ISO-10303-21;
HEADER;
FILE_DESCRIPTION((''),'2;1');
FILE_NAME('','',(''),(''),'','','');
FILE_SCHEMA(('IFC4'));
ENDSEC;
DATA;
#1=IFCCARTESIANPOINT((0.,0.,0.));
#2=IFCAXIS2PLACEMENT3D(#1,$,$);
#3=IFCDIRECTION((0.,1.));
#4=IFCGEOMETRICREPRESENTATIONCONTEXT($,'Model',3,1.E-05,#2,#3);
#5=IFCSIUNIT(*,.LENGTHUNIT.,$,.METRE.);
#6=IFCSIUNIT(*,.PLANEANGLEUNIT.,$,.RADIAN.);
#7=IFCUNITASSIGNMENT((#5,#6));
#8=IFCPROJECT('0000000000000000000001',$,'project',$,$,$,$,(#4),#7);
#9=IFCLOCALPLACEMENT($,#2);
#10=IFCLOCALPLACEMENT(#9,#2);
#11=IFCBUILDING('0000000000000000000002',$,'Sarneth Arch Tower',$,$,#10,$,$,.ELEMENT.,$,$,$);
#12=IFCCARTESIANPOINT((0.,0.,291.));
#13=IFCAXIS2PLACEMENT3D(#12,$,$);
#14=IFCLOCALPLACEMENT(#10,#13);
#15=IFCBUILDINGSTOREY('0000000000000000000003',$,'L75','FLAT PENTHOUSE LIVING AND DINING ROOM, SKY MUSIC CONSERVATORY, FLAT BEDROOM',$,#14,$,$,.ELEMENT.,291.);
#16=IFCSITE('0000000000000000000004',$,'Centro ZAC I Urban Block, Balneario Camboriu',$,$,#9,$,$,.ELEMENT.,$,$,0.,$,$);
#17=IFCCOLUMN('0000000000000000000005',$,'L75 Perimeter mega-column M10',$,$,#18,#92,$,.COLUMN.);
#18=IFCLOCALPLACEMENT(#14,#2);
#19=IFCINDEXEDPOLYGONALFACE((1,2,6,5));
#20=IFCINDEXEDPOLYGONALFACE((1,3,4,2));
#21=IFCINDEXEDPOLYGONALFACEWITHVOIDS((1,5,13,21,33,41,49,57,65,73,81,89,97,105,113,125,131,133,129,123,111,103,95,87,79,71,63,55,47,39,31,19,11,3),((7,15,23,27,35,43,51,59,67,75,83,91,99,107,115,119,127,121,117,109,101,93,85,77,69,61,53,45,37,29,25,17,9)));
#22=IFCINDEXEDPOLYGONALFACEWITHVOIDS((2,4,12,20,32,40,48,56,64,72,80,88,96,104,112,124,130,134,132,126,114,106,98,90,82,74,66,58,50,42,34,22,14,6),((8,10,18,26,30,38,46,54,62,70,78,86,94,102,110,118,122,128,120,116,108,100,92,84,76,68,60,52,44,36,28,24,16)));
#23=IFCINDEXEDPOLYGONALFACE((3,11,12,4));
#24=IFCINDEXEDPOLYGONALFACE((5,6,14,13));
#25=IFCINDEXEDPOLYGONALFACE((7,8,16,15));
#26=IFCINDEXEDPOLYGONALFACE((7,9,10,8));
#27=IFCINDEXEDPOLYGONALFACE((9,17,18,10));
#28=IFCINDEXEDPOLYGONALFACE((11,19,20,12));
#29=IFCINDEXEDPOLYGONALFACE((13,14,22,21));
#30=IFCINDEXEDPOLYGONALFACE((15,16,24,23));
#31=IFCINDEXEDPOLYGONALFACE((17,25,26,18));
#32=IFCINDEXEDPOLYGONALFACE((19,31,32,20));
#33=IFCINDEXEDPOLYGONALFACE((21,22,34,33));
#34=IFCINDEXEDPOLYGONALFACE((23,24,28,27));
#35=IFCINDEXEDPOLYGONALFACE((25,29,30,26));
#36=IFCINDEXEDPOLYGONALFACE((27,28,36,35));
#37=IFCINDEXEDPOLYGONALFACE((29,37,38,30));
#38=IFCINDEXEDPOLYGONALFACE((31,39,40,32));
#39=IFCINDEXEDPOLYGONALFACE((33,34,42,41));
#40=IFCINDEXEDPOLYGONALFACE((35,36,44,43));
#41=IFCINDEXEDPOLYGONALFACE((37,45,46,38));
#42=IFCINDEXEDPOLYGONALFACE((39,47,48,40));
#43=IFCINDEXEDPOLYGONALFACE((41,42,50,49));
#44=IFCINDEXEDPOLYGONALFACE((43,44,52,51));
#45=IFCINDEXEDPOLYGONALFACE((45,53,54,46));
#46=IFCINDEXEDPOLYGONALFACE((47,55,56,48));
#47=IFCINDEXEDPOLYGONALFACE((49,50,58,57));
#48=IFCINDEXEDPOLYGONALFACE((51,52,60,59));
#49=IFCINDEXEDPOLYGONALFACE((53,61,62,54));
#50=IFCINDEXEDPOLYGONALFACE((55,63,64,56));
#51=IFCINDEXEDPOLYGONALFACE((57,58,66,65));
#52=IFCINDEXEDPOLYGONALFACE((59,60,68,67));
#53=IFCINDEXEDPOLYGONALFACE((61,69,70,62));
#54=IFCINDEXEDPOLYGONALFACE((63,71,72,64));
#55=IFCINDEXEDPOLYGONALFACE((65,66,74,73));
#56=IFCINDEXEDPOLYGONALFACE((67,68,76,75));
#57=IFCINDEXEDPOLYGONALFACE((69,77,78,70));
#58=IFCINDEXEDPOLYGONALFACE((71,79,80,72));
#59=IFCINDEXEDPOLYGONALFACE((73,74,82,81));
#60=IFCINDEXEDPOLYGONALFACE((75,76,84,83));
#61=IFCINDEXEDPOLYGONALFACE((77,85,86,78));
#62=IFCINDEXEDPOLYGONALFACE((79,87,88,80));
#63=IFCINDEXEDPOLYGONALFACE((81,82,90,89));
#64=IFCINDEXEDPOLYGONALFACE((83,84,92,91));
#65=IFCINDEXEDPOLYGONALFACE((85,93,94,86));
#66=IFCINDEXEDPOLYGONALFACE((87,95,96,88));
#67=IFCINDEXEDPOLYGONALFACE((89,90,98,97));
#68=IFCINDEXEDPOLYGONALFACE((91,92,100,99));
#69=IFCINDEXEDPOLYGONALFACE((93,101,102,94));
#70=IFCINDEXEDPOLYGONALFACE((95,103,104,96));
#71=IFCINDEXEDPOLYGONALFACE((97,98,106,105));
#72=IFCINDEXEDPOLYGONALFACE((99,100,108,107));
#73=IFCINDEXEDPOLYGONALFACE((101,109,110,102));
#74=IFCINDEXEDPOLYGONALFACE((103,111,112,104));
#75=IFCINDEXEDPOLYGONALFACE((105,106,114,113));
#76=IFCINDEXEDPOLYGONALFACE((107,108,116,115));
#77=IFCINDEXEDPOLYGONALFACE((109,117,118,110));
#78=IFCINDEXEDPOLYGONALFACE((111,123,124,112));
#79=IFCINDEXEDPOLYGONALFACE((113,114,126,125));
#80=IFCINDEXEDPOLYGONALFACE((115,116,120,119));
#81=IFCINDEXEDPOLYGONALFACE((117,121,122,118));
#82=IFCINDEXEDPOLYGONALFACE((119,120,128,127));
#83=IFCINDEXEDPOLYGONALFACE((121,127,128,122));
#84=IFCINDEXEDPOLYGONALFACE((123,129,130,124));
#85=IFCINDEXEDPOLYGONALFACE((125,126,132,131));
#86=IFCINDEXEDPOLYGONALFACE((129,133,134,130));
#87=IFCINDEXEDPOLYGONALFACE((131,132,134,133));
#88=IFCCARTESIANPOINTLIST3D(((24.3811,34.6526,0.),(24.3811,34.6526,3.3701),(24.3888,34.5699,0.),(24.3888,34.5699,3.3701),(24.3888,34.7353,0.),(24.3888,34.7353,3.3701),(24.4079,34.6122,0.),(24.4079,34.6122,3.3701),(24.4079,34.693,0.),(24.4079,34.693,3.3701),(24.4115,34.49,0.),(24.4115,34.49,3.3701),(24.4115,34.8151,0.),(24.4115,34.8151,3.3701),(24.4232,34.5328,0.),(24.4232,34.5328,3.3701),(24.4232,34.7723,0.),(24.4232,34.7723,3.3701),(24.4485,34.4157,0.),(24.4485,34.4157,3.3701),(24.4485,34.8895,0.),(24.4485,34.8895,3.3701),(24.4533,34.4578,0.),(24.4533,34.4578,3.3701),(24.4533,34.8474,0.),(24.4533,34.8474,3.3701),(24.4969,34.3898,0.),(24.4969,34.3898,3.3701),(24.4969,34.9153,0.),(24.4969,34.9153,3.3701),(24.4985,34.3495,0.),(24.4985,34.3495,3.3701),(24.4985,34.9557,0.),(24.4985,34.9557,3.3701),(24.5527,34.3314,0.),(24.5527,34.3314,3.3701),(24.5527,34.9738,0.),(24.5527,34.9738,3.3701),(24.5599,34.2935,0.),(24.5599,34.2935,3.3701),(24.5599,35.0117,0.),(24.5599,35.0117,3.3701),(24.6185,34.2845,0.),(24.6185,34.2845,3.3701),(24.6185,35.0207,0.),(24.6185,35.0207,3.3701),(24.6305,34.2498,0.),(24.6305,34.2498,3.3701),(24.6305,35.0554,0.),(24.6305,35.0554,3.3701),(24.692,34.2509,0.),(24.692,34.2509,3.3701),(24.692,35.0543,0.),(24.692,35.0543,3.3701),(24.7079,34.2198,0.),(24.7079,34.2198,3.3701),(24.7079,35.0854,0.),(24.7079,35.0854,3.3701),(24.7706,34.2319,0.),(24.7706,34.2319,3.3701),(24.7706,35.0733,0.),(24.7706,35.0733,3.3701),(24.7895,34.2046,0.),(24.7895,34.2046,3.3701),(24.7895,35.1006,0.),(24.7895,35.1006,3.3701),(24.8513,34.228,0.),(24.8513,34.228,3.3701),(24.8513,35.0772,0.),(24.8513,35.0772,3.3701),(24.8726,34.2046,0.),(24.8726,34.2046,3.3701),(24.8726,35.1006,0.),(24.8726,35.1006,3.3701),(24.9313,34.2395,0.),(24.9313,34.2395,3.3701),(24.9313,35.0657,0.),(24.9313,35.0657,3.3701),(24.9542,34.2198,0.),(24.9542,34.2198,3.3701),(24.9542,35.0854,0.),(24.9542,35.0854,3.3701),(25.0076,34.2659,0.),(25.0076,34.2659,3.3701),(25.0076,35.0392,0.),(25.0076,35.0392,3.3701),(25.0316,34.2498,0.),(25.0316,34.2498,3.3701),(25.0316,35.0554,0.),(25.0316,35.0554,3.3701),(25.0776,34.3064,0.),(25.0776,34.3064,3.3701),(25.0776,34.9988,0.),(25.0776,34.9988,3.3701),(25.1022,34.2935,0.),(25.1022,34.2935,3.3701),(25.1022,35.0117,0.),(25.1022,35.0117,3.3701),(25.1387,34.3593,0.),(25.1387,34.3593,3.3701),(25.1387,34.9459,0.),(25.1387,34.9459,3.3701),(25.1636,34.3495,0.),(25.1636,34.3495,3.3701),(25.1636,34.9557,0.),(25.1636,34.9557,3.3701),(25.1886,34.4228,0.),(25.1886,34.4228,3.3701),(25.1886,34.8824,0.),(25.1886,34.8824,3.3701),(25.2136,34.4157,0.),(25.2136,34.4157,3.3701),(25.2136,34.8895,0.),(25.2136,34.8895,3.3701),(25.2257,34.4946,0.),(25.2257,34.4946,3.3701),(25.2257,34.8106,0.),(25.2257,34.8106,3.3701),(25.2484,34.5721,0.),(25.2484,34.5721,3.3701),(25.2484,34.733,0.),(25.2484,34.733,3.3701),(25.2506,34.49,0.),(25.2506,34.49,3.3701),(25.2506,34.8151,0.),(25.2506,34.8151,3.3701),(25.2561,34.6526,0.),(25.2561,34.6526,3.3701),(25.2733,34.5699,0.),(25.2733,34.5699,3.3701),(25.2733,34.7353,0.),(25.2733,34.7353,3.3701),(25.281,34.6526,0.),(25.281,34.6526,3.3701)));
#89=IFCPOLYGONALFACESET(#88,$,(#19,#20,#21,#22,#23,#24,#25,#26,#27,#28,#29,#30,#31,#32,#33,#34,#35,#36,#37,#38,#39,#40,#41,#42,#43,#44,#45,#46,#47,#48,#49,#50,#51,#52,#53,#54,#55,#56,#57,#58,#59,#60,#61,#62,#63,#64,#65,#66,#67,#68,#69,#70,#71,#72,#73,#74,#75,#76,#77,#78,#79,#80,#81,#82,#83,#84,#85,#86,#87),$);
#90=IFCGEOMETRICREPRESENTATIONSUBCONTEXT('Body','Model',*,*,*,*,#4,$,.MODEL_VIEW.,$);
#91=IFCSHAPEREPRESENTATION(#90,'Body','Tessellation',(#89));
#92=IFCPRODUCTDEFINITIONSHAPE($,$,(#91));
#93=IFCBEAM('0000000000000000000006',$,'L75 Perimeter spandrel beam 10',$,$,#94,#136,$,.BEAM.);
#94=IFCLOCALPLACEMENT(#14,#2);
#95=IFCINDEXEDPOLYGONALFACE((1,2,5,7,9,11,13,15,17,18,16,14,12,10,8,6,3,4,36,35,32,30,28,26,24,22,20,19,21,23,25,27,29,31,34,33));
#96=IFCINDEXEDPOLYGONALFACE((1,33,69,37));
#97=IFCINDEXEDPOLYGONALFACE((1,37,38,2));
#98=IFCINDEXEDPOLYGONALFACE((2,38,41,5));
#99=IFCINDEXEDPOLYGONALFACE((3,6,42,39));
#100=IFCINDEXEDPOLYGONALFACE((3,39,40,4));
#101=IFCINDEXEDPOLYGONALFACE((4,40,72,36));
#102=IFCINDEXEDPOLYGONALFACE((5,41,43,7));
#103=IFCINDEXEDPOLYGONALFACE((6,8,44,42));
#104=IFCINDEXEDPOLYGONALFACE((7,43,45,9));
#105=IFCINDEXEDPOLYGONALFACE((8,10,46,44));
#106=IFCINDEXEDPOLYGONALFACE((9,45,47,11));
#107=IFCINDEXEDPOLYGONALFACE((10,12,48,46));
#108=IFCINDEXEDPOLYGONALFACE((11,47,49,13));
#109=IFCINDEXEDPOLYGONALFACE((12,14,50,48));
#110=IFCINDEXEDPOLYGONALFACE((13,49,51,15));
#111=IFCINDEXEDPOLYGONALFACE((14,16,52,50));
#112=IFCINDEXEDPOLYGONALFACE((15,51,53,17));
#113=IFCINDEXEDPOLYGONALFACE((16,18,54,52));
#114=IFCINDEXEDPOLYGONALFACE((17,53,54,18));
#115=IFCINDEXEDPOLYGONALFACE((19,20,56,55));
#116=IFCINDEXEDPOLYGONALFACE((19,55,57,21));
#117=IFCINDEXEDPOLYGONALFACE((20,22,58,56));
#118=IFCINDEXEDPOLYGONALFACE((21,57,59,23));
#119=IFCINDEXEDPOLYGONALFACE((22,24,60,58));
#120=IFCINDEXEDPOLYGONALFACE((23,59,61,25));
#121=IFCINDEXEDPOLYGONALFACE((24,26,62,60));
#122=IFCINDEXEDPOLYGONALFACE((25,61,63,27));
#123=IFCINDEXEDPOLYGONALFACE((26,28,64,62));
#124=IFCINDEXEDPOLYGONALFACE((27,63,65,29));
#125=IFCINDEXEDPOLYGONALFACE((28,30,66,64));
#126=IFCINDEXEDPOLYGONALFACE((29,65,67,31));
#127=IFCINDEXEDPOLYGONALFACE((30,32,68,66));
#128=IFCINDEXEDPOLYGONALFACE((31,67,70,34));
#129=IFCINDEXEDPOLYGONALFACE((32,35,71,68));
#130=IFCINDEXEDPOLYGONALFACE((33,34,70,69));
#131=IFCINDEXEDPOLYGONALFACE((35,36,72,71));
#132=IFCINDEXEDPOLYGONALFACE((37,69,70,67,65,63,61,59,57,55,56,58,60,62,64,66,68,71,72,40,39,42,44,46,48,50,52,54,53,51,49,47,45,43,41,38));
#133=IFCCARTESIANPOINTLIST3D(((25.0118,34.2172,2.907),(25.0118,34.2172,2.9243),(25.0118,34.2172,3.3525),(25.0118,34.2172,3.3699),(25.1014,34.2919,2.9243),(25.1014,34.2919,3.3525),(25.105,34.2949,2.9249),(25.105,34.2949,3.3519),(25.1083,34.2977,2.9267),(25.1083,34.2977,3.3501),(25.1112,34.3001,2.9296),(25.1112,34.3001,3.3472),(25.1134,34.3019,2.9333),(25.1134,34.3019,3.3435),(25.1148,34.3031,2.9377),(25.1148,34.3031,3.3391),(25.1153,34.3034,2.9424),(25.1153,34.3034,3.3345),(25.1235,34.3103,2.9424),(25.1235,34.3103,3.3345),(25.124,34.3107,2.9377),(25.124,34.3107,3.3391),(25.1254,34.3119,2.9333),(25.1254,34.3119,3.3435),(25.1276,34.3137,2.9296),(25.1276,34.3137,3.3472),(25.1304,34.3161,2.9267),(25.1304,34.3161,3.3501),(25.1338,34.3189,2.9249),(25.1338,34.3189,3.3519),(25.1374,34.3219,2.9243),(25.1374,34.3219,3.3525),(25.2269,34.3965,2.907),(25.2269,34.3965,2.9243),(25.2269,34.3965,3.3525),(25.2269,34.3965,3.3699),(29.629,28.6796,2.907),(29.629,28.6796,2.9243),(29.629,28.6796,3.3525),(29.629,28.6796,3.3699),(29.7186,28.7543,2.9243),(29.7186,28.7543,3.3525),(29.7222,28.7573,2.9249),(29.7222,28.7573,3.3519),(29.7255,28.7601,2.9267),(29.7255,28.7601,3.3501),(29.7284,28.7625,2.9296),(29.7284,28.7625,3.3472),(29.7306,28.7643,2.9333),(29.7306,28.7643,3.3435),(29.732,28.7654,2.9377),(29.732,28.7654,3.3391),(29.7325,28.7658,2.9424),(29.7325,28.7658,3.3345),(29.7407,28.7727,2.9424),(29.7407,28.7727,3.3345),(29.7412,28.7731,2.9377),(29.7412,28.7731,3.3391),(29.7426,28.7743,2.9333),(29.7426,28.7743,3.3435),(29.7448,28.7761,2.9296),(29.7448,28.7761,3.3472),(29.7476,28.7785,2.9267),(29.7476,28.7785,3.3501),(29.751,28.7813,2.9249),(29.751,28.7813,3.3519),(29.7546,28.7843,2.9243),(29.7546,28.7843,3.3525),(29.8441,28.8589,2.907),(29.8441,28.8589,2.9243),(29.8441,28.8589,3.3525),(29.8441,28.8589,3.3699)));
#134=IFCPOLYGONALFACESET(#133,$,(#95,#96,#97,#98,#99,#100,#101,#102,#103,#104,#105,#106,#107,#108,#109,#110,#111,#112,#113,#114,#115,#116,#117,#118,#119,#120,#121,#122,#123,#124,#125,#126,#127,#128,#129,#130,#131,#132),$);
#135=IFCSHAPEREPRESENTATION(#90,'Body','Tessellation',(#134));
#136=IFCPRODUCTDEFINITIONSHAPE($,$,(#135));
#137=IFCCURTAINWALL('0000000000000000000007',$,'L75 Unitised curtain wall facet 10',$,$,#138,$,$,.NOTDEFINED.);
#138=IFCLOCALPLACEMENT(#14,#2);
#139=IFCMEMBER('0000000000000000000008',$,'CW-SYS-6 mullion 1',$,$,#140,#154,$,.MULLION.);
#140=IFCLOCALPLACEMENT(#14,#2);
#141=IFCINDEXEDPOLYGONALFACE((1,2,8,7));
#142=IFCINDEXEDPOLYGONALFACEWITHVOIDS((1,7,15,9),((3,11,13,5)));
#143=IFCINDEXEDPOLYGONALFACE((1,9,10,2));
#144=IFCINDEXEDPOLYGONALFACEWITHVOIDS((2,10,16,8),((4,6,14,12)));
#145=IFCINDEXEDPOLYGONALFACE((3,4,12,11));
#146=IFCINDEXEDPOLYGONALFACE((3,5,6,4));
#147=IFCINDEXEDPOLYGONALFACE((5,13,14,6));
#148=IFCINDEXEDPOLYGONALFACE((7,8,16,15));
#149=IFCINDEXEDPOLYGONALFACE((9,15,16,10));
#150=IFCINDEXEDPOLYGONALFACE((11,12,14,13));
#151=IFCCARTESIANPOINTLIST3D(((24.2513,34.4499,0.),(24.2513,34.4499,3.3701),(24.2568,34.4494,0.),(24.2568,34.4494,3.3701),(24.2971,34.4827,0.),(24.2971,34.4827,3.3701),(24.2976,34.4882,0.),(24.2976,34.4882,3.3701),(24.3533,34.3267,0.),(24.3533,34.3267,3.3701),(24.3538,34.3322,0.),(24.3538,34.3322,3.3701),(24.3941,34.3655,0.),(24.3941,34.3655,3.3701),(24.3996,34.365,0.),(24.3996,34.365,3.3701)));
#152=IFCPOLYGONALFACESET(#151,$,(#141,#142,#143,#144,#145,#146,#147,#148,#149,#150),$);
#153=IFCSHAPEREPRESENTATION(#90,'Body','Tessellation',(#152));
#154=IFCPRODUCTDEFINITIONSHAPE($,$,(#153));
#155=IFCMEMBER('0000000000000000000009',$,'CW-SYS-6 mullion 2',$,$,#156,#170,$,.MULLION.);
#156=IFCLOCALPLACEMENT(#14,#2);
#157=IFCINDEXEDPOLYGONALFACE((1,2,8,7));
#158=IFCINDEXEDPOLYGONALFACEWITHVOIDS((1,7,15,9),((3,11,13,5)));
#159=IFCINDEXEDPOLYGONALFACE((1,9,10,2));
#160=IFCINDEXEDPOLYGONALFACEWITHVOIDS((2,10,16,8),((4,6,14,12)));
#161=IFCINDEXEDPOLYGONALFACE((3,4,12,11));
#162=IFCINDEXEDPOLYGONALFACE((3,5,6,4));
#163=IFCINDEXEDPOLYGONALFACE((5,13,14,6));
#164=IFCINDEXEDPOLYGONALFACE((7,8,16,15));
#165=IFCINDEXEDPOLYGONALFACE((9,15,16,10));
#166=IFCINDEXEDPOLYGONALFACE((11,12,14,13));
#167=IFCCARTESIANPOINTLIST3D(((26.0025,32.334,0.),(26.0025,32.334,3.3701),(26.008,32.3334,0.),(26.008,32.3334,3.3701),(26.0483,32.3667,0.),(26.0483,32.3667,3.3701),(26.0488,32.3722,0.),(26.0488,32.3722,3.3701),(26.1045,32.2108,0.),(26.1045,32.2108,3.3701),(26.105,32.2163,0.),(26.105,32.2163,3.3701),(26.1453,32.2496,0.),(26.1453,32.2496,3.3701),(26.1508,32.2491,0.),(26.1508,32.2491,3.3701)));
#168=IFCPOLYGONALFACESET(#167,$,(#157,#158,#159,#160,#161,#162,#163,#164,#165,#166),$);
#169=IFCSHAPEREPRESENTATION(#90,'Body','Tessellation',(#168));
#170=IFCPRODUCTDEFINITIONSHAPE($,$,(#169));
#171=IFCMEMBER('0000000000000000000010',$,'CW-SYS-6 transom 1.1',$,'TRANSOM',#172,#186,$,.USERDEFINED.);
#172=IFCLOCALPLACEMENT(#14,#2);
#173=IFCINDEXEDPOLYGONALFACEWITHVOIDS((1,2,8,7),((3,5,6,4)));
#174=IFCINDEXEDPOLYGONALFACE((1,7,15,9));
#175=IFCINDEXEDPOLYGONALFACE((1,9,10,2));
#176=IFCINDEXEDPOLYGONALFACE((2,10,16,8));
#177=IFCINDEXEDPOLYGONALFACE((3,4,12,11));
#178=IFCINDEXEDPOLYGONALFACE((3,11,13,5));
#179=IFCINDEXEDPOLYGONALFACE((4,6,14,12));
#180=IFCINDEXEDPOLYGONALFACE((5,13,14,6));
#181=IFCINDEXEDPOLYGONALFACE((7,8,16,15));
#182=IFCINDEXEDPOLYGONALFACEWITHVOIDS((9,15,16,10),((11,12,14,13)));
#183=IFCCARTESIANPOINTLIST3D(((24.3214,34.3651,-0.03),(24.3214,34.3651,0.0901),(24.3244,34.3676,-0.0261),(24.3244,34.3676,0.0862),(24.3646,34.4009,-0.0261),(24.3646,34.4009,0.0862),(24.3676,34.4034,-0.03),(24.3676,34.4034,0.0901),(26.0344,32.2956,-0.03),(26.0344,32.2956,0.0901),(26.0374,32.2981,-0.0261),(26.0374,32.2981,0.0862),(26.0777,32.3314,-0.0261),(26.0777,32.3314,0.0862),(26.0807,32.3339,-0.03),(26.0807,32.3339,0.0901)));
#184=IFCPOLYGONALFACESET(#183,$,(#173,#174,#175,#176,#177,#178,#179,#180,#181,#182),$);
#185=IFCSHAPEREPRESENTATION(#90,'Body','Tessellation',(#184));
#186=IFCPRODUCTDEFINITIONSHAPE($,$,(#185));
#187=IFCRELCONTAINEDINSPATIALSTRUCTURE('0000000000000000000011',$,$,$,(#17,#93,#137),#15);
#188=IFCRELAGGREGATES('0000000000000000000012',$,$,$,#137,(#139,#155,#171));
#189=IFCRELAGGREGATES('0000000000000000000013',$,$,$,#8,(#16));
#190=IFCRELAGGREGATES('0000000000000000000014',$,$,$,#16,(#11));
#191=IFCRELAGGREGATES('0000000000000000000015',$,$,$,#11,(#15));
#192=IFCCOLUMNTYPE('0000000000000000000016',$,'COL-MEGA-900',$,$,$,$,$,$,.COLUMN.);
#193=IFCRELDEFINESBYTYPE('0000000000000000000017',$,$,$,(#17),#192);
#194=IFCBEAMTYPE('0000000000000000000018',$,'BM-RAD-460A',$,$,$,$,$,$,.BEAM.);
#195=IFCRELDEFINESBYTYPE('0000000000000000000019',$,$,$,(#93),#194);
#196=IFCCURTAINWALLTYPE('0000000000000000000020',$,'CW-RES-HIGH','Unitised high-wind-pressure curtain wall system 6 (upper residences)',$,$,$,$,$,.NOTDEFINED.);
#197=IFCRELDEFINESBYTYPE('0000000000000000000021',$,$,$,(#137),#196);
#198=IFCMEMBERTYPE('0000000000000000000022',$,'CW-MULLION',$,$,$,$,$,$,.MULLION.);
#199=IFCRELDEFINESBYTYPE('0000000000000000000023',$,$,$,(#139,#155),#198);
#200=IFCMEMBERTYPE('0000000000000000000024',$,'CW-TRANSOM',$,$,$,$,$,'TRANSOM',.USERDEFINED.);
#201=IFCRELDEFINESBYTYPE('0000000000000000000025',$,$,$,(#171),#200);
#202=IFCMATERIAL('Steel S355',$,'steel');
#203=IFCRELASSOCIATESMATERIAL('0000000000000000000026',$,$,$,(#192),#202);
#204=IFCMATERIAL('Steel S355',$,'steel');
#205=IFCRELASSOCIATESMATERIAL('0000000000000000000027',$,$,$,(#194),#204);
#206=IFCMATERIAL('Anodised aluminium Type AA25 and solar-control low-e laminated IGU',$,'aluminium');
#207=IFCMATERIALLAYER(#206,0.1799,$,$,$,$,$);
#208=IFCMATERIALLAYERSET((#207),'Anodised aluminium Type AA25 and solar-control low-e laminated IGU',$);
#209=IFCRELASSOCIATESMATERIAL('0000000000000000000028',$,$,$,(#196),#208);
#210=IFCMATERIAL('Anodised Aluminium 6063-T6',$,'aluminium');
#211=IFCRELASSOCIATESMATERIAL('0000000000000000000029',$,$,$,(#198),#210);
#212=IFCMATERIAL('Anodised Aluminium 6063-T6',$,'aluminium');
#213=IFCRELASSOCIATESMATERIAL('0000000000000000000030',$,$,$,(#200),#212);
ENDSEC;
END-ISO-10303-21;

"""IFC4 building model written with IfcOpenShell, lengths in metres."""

from ifc_helpers import new_model, si_unit, direction, frame, origin, origin_2d, place, context, subcontext, project, spatial, hollow_rectangle, hollow_circle, i_section, extrude, material, layer, layer_set, material_profile, profile_set, type_object, element, aggregate, save


model = new_model("IFC4")

# Units and contexts
model_context = context("Model", 3, precision=1e-05, world=origin(), true_north=direction((0.0, 1.0)))
body_context = subcontext(model_context, "Body", "Model", "MODEL_VIEW")
ifc_project = project(units=[si_unit("LENGTHUNIT", "METRE"), si_unit("PLANEANGLEUNIT", "RADIAN")], contexts=[model_context])

# Site, building, storey
site_placement = place(None, origin())
site = spatial("IfcSite", under=ifc_project, at=site_placement, Name="Centro ZAC I Urban Block, Balneario Camboriu", CompositionType="ELEMENT", RefElevation=0.0)
building_placement = place(site_placement, origin())
building = spatial("IfcBuilding", under=site, at=building_placement, Name="Sarneth Arch Tower", CompositionType="ELEMENT")
storey_placement = place(building_placement, frame((0.0, 0.0, 291.0)))
storey = spatial("IfcBuildingStorey", under=building, at=storey_placement, Name="L75", Description="FLAT PENTHOUSE LIVING AND DINING ROOM, SKY MUSIC CONSERVATORY, FLAT BEDROOM", CompositionType="ELEMENT", Elevation=291.0)

# Column
ifc_material_1 = material(Name="Steel S355", Category="steel")
ifc_material_profile_1 = material_profile(ifc_material_1, hollow_circle(Radius=0.45, WallThickness=0.0249, at=origin_2d()), Name="CHS900x25")
ifc_profile_set_1 = profile_set([ifc_material_profile_1], Name="Steel S355")
column_type = type_object("IfcColumnType", Name="COL-MEGA-900", PredefinedType="COLUMN", material=ifc_profile_set_1)
column_placement = place(storey_placement, frame((24.8311, 34.6526, 0.0), z_axis=(0.0, 0.0, 1.0), x_axis=(1.0, 0.0, 0.0)))
element("IfcColumn", 1, at=column_placement, inside=storey, type_object=column_type, Name="L75 Perimeter mega-column M10", PredefinedType="COLUMN", context=body_context, shape_type="SweptSolid", body=[
    extrude(hollow_circle(Radius=0.45, WallThickness=0.0249, at=origin_2d()), origin(), (0.0, 0.0, 1.0), 3.3701),
])

# Beam
ifc_material_2 = material(Name="Steel S355", Category="steel")
ifc_material_profile_2 = material_profile(ifc_material_2, i_section(OverallWidth=0.28, OverallDepth=0.4629, WebThickness=0.0107, FlangeThickness=0.0173, FilletRadius=0.0181, at=origin_2d()), Name="W460x113")
ifc_profile_set_2 = profile_set([ifc_material_profile_2], Name="Steel S355")
beam_type = type_object("IfcBeamType", Name="BM-RAD-460A", PredefinedType="BEAM", material=ifc_profile_set_2)
beam_placement = place(storey_placement, frame((25.1194, 34.3069, 3.1384), z_axis=(0.640391, -0.768049, 0.0), x_axis=(0.768049, 0.640391, 0.0)))
element("IfcBeam", 2, at=beam_placement, inside=storey, type_object=beam_type, Name="L75 Perimeter spandrel beam 10", PredefinedType="BEAM", context=body_context, shape_type="SweptSolid", body=[
    extrude(i_section(OverallWidth=0.28, OverallDepth=0.4629, WebThickness=0.0107, FlangeThickness=0.0173, FilletRadius=0.0181, at=origin_2d()), origin(), (0.0, 0.0, 1.0), 7.21),
])

# Curtain wall, members
ifc_material_3 = material(Name="Anodised aluminium Type AA25 and solar-control low-e laminated IGU", Category="aluminium")
ifc_layer_1 = layer(ifc_material_3, 0.1799)
ifc_layer_set_1 = layer_set([ifc_layer_1], Name="Anodised aluminium Type AA25 and solar-control low-e laminated IGU")
curtain_wall_type = type_object("IfcCurtainWallType", Name="CW-RES-HIGH", Description="Unitised high-wind-pressure curtain wall system 6 (upper residences)", PredefinedType="NOTDEFINED", material=ifc_layer_set_1)
curtain_wall_placement = place(storey_placement, origin())
curtain_wall = element("IfcCurtainWall", 3, at=curtain_wall_placement, inside=storey, type_object=curtain_wall_type, Name="L75 Unitised curtain wall facet 10", PredefinedType="NOTDEFINED")
ifc_material_4 = material(Name="Anodised Aluminium 6063-T6", Category="aluminium")
ifc_material_profile_3 = material_profile(ifc_material_4, hollow_rectangle(XDim=0.0601, YDim=0.1599, WallThickness=0.0039, at=origin_2d()), Name="AL-MULL-160x60x4")
ifc_profile_set_3 = profile_set([ifc_material_profile_3], Name="Anodised Aluminium 6063-T6")
member_type_1 = type_object("IfcMemberType", Name="CW-MULLION", PredefinedType="MULLION", material=ifc_profile_set_3)
member_1_placement = place(storey_placement, frame((24.3254, 34.4075, 0.0), z_axis=(0.0, 0.0, 1.0), x_axis=(0.770359, 0.63761, 0.0)))
member_1 = element("IfcMember", 4, at=member_1_placement, type_object=member_type_1, Name="CW-SYS-6 mullion 1", PredefinedType="MULLION", context=body_context, shape_type="SweptSolid", body=[
    extrude(hollow_rectangle(XDim=0.0601, YDim=0.1599, WallThickness=0.0039, at=origin_2d()), origin(), (0.0, 0.0, 1.0), 3.3701),
])
member_2_placement = place(storey_placement, frame((26.0767, 32.2915, 0.0), z_axis=(0.0, 0.0, 1.0), x_axis=(0.770359, 0.63761, 0.0)))
member_2 = element("IfcMember", 5, at=member_2_placement, type_object=member_type_1, Name="CW-SYS-6 mullion 2", PredefinedType="MULLION", context=body_context, shape_type="SweptSolid", body=[
    extrude(hollow_rectangle(XDim=0.0601, YDim=0.1599, WallThickness=0.0039, at=origin_2d()), origin(), (0.0, 0.0, 1.0), 3.3701),
])
ifc_material_5 = material(Name="Anodised Aluminium 6063-T6", Category="aluminium")
ifc_material_profile_4 = material_profile(ifc_material_5, hollow_rectangle(XDim=0.0601, YDim=0.1201, WallThickness=0.0039, at=origin_2d()), Name="AL-TRAN-120x60x4")
ifc_profile_set_4 = profile_set([ifc_material_profile_4], Name="Anodised Aluminium 6063-T6")
member_type_2 = type_object("IfcMemberType", Name="CW-TRANSOM", ElementType="TRANSOM", PredefinedType="USERDEFINED", material=ifc_profile_set_4)
member_3_placement = place(storey_placement, frame((24.3445, 34.3843, 0.03), z_axis=(0.637651, -0.770325, 0.0), x_axis=(0.770325, 0.637651, 0.0)))
member_3 = element("IfcMember", 6, at=member_3_placement, type_object=member_type_2, Name="CW-SYS-6 transom 1.1", ObjectType="TRANSOM", PredefinedType="USERDEFINED", context=body_context, shape_type="SweptSolid", body=[
    extrude(hollow_rectangle(XDim=0.0601, YDim=0.1201, WallThickness=0.0039, at=origin_2d()), origin(), (0.0, 0.0, 1.0), 2.6865),
])
aggregate(curtain_wall, [member_1, member_2, member_3])

save(model, "model.ifc")
